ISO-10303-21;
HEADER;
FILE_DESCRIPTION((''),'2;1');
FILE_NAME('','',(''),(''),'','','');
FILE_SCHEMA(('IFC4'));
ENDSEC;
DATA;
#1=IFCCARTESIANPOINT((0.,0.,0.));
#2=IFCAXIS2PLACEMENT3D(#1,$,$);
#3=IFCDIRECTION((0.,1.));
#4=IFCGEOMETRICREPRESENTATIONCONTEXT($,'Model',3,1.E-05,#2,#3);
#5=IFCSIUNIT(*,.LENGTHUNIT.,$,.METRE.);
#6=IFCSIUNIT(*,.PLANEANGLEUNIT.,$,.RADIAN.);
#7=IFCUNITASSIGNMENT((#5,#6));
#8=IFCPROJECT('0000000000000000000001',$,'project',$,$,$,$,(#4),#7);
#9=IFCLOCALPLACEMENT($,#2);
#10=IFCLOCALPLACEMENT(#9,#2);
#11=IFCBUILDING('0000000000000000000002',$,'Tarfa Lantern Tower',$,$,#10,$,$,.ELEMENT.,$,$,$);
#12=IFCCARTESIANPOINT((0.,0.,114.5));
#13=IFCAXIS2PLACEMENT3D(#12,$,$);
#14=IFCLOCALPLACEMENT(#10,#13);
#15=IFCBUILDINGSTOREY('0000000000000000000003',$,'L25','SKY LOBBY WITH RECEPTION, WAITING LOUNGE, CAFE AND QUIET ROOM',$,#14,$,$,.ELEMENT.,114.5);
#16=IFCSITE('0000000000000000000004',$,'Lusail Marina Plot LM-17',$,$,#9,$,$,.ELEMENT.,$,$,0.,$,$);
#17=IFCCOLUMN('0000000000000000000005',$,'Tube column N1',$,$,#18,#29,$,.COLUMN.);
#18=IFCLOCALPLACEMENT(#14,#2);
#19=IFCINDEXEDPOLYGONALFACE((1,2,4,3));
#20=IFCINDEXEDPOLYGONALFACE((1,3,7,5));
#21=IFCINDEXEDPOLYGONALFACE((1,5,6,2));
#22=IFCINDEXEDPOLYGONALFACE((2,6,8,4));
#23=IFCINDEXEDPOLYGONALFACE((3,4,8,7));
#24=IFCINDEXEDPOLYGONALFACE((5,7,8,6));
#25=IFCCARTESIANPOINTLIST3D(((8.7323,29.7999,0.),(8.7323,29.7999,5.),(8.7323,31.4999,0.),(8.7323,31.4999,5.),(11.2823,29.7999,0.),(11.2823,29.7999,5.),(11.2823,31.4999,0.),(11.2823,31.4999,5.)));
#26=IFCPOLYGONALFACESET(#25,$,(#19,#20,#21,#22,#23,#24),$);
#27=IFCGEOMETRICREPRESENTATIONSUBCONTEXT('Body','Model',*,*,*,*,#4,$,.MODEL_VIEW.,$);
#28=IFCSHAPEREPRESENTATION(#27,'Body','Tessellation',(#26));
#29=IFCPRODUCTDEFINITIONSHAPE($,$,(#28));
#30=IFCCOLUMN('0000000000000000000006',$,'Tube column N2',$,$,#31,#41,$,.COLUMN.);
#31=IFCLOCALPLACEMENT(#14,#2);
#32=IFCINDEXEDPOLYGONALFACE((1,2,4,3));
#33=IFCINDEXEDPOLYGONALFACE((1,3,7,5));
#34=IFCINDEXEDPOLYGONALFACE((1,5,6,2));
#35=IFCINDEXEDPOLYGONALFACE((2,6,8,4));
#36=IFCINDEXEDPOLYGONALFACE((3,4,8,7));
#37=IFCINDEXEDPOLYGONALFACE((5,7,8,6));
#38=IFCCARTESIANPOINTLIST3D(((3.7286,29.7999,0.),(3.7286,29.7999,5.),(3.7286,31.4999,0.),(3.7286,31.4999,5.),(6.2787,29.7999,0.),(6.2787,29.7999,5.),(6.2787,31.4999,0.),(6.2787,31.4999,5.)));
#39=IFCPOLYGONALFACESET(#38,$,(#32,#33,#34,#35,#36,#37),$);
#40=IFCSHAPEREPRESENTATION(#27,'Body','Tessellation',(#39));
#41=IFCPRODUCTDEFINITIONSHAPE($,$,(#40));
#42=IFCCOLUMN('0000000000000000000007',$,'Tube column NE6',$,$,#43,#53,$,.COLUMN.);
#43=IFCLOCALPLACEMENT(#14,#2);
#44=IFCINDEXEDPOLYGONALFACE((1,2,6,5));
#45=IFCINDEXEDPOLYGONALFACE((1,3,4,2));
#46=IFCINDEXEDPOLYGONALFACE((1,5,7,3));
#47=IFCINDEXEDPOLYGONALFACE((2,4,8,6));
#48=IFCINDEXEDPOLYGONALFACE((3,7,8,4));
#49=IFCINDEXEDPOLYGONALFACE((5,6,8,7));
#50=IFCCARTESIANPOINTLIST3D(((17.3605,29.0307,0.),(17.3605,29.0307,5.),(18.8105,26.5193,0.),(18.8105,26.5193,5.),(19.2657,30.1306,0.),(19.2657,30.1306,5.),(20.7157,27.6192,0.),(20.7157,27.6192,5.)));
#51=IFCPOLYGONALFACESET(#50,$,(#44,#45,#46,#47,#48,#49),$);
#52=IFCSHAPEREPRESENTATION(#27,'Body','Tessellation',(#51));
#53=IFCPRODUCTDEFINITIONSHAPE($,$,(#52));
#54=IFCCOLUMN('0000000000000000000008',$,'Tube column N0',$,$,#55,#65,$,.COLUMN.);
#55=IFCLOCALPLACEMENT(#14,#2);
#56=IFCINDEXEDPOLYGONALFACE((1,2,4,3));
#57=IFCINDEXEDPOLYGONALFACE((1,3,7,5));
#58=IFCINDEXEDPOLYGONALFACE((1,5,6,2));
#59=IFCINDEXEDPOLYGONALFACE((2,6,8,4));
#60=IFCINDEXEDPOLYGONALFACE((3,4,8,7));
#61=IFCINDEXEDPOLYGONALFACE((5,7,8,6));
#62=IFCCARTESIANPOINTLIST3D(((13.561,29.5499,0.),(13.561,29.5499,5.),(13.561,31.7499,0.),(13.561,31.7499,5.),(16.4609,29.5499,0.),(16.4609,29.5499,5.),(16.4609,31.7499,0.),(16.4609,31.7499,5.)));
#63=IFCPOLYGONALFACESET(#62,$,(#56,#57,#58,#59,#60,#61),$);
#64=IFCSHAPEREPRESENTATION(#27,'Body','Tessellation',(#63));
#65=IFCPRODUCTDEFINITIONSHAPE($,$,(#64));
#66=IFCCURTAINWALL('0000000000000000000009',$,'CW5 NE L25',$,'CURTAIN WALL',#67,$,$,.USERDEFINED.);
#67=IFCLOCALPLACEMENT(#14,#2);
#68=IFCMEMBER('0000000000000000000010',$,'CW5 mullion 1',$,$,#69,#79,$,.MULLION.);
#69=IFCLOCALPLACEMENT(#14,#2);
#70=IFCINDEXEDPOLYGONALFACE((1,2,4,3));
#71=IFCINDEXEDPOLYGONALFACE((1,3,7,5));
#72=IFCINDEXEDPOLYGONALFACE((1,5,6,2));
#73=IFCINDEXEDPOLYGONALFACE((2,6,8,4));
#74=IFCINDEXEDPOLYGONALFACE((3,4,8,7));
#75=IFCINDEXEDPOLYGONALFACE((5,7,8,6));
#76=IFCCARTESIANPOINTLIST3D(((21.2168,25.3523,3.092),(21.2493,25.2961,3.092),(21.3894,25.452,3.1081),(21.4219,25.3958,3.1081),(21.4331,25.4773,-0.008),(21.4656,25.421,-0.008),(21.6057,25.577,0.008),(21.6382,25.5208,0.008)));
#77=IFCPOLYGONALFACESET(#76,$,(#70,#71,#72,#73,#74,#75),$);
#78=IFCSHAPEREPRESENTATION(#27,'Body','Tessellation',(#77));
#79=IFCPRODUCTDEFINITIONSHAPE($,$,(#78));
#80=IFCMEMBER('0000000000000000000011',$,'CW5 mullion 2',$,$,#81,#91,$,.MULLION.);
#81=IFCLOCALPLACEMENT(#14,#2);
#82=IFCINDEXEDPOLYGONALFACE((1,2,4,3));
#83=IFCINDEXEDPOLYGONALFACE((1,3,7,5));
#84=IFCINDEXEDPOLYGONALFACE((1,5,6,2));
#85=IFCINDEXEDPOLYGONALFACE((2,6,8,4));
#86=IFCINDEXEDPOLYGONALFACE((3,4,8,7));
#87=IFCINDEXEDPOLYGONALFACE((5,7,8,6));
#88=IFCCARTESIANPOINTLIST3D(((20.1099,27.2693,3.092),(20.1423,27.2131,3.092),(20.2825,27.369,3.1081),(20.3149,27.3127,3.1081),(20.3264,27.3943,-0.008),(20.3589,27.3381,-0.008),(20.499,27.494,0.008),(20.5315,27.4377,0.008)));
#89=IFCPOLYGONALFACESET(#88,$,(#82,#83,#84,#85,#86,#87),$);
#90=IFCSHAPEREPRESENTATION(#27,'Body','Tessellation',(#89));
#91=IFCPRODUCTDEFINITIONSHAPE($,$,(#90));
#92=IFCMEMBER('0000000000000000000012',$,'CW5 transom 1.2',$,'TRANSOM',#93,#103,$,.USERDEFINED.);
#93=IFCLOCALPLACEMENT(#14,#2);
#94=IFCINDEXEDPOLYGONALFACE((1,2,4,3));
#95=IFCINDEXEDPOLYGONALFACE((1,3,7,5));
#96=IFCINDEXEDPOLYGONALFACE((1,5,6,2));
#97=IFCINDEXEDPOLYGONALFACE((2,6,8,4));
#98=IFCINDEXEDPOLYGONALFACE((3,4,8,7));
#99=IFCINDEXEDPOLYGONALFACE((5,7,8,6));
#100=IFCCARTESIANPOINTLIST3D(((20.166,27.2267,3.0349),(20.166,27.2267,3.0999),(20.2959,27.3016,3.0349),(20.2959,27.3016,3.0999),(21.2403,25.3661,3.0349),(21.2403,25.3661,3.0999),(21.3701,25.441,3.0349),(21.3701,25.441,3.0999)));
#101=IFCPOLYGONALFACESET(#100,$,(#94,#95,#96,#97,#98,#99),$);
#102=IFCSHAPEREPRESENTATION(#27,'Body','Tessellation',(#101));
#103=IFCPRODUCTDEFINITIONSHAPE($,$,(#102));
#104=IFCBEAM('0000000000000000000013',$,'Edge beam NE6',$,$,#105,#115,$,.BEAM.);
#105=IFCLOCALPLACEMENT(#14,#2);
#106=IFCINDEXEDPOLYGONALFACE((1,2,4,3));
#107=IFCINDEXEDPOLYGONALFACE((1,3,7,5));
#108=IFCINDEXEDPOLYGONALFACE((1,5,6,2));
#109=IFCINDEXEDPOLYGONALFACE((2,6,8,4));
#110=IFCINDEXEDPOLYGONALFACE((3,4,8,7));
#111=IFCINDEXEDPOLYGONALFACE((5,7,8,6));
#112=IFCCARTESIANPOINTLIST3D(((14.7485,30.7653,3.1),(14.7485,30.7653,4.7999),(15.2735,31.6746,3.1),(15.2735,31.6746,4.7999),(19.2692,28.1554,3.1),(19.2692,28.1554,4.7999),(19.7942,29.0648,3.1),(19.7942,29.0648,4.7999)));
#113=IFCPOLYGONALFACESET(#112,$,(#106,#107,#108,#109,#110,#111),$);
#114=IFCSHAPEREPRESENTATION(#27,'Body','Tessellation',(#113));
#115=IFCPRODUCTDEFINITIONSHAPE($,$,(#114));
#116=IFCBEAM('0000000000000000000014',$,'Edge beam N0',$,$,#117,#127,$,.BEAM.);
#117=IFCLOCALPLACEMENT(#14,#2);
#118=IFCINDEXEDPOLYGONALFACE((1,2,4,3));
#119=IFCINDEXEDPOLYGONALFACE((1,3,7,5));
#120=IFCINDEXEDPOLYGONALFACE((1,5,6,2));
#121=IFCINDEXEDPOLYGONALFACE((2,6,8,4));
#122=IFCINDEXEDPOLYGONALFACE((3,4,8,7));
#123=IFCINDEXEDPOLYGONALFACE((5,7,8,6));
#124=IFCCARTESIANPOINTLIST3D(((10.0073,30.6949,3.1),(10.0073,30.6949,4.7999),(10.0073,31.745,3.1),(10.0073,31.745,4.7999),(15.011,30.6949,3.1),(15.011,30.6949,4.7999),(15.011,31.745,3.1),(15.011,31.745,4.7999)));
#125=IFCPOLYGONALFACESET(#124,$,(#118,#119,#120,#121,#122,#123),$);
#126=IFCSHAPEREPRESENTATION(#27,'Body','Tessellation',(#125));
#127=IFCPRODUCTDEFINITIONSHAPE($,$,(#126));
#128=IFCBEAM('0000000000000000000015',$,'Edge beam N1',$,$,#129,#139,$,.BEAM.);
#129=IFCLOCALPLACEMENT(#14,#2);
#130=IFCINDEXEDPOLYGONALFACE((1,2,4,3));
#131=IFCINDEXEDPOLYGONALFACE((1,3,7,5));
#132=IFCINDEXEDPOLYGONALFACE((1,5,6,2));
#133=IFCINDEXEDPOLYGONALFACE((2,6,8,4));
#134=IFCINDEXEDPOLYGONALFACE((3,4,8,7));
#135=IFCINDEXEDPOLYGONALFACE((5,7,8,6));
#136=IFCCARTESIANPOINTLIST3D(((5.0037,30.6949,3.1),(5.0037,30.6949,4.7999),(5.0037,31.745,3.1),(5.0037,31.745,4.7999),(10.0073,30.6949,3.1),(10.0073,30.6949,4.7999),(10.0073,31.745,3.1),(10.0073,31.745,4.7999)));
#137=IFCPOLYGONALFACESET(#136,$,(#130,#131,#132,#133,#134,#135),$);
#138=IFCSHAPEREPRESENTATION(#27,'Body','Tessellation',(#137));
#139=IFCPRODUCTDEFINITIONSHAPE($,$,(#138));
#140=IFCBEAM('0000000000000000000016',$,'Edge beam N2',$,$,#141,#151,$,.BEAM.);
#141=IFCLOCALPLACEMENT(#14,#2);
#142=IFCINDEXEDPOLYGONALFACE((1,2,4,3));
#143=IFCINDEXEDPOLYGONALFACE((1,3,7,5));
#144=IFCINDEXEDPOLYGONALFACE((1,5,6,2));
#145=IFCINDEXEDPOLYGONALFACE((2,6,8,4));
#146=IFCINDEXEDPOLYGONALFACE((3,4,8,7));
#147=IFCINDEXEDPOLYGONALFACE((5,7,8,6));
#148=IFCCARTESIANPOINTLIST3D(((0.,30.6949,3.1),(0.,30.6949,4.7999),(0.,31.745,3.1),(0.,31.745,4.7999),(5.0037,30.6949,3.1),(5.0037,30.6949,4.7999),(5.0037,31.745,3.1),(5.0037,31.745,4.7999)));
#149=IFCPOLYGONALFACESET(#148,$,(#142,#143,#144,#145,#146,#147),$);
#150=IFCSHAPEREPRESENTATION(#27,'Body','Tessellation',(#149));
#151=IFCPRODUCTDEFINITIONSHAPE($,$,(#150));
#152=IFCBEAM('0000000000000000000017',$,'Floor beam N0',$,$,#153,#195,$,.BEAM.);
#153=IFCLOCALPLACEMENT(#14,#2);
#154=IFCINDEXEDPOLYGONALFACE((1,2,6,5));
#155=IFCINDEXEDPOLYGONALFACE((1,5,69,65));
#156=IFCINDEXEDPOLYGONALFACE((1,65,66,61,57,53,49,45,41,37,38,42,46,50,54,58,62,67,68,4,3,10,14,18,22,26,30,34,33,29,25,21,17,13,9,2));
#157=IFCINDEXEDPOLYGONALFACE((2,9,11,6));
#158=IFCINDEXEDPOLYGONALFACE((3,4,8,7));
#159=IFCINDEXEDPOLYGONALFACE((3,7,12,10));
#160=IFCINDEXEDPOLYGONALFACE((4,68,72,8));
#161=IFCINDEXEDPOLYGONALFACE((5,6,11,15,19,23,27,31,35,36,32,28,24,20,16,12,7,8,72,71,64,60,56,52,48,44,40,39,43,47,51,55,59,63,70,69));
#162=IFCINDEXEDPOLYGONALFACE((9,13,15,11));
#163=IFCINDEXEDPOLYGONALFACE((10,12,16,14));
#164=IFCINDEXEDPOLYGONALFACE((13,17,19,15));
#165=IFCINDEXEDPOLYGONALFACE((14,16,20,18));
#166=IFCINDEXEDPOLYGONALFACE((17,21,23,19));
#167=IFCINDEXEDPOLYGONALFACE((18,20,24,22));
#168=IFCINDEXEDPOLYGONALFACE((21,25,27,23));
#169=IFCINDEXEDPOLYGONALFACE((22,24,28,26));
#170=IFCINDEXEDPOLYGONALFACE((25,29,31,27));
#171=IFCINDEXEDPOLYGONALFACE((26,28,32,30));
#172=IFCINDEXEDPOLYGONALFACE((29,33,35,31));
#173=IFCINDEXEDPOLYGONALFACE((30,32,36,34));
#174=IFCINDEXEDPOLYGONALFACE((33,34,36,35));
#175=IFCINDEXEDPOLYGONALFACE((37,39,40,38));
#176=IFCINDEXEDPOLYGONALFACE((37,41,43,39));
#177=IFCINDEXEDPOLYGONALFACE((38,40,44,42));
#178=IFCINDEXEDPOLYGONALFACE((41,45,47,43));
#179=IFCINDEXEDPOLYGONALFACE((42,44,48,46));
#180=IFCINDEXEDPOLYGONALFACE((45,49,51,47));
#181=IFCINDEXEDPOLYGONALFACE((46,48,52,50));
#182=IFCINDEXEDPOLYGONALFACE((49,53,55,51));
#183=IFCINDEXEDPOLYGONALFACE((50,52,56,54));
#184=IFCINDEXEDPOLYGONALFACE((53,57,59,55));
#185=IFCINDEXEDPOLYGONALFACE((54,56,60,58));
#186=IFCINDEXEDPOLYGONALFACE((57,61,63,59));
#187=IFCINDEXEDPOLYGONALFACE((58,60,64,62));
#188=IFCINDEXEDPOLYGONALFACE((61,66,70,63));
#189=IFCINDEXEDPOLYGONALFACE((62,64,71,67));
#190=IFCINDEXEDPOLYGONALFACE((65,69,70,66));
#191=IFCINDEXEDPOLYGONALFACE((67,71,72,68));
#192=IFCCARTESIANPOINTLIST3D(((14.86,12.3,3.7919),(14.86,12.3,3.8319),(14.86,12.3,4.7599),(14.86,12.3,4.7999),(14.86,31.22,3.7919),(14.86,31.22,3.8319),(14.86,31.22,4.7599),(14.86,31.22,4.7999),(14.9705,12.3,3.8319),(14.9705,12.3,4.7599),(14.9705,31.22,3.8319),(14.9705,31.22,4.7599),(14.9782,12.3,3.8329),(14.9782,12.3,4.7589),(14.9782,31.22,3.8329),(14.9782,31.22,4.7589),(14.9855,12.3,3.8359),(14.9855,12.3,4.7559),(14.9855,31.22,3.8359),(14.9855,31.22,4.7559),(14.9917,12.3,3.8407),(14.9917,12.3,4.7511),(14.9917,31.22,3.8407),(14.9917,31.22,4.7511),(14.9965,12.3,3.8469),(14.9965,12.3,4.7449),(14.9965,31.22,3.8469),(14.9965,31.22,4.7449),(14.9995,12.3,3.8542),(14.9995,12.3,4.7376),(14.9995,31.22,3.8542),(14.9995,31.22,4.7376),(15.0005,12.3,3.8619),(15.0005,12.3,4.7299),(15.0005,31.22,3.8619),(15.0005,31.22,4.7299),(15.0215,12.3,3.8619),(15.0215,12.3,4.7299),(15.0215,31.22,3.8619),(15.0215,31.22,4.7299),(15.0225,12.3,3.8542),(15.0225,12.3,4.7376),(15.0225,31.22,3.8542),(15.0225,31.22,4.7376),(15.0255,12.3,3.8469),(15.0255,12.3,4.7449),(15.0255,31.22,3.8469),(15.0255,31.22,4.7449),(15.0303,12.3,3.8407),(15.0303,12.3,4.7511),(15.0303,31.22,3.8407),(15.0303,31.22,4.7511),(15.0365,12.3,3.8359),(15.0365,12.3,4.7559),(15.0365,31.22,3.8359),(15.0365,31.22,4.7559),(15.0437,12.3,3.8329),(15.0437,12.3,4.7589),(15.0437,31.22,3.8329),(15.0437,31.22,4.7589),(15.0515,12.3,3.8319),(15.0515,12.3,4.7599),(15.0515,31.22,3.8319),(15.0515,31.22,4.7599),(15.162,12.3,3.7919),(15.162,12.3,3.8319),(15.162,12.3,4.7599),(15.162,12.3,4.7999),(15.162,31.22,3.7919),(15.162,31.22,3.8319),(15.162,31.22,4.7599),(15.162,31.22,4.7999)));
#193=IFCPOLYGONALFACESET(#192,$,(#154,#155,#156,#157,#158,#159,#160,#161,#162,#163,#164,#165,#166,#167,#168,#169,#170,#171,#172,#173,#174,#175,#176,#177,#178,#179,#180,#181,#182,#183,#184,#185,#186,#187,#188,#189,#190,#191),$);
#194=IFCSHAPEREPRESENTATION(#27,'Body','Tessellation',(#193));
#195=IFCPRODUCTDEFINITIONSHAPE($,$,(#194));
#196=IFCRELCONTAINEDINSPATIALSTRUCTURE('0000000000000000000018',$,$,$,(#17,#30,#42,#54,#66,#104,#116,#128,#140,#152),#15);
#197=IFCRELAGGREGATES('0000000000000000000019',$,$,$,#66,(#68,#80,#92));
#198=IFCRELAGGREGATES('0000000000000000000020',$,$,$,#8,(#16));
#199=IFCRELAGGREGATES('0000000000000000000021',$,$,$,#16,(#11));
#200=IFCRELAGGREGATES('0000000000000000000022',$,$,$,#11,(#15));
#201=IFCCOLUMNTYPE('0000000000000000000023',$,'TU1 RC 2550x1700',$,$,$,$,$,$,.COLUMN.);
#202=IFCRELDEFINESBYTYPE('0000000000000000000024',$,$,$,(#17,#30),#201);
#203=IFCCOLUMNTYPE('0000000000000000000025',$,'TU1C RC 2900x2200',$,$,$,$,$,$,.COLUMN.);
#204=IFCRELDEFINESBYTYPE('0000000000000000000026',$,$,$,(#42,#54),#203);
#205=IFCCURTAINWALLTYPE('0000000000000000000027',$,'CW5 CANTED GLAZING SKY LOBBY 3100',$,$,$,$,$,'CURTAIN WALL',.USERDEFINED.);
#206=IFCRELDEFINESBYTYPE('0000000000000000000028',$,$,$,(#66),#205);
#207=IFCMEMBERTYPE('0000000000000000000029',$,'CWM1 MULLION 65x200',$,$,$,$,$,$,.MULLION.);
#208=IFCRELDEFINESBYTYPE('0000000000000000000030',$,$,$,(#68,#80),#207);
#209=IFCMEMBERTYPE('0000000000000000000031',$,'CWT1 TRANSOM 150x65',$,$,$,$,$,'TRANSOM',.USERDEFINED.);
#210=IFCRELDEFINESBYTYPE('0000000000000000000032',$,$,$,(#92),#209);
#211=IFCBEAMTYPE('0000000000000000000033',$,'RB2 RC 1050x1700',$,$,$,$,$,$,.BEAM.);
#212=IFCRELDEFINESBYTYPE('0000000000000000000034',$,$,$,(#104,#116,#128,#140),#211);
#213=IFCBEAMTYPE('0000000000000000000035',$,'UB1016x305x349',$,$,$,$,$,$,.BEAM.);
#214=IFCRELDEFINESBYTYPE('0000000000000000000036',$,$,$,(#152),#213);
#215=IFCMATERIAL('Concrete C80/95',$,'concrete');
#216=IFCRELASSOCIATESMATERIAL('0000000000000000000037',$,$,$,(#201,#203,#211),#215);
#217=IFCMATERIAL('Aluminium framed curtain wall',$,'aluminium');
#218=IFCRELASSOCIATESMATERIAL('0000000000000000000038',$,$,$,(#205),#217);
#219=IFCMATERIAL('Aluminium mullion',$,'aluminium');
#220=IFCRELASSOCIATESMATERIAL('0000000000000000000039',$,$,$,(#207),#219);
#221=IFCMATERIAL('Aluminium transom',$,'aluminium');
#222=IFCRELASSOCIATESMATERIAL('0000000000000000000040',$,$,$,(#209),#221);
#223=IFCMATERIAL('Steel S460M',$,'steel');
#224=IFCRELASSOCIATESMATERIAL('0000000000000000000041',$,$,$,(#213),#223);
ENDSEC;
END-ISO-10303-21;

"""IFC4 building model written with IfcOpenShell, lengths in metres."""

from ifc_helpers import new_model, si_unit, direction, frame, origin, origin_2d, place, context, subcontext, project, spatial, rectangle, i_section, extrude, material, material_profile, profile_set, type_object, element, aggregate, save


model = new_model("IFC4")

# Units and contexts
model_context = context("Model", 3, precision=1e-05, world=origin(), true_north=direction((0.0, 1.0)))
body_context = subcontext(model_context, "Body", "Model", "MODEL_VIEW")
ifc_project = project(units=[si_unit("LENGTHUNIT", "METRE"), si_unit("PLANEANGLEUNIT", "RADIAN")], contexts=[model_context])

# Site, building, storey
site_placement = place(None, origin())
site = spatial("IfcSite", under=ifc_project, at=site_placement, Name="Lusail Marina Plot LM-17", CompositionType="ELEMENT", RefElevation=0.0)
building_placement = place(site_placement, origin())
building = spatial("IfcBuilding", under=site, at=building_placement, Name="Tarfa Lantern Tower", CompositionType="ELEMENT")
storey_placement = place(building_placement, frame((0.0, 0.0, 114.5)))
storey = spatial("IfcBuildingStorey", under=building, at=storey_placement, Name="L25", Description="SKY LOBBY WITH RECEPTION, WAITING LOUNGE, CAFE AND QUIET ROOM", CompositionType="ELEMENT", Elevation=114.5)

# Columns
ifc_material_1 = material(Name="Concrete C80/95", Category="concrete")
ifc_material_profile_1 = material_profile(ifc_material_1, rectangle(XDim=2.55, YDim=1.7, at=origin_2d()), Name="RC 2550x1700")
ifc_profile_set_1 = profile_set([ifc_material_profile_1], Name="Concrete C80/95")
column_type_1 = type_object("IfcColumnType", Name="TU1 RC 2550x1700", PredefinedType="COLUMN", material=ifc_profile_set_1)
for number, where, z_axis, x_axis, name in (
    (1, (10.0073, 30.6499, 0.0), (0.0, 0.0, 1.0), (-1.0, 0.0, 0.0), "Tube column N1"),
    (2, (5.0037, 30.6499, 0.0), (0.0, 0.0, 1.0), (-1.0, 0.0, 0.0), "Tube column N2"),
):
    element("IfcColumn", number, at=place(storey_placement, frame(where, z_axis=z_axis, x_axis=x_axis)), inside=storey, type_object=column_type_1, Name=name, PredefinedType="COLUMN", context=body_context, shape_type="SweptSolid", body=[
        extrude(rectangle(XDim=2.55, YDim=1.7, at=origin_2d()), origin(), (0.0, 0.0, 1.0), 5.0),
    ])
ifc_material_profile_2 = material_profile(ifc_material_1, rectangle(XDim=2.8999, YDim=2.2, at=origin_2d()), Name="RC 2900x2200")
ifc_profile_set_2 = profile_set([ifc_material_profile_2], Name="Concrete C80/95")
column_type_2 = type_object("IfcColumnType", Name="TU1C RC 2900x2200", PredefinedType="COLUMN", material=ifc_profile_set_2)
for number, where, z_axis, x_axis, name in (
    (3, (19.0381, 28.325, 0.0), (0.0, 0.0, 1.0), (-0.5, 0.866025, 0.0), "Tube column NE6"),
    (4, (15.011, 30.6499, 0.0), (0.0, 0.0, 1.0), (-1.0, 0.0, 0.0), "Tube column N0"),
):
    element("IfcColumn", number, at=place(storey_placement, frame(where, z_axis=z_axis, x_axis=x_axis)), inside=storey, type_object=column_type_2, Name=name, PredefinedType="COLUMN", context=body_context, shape_type="SweptSolid", body=[
        extrude(rectangle(XDim=2.8999, YDim=2.2, at=origin_2d()), origin(), (0.0, 0.0, 1.0), 5.0),
    ])

# Curtain wall, members
ifc_material_2 = material(Name="Aluminium framed curtain wall", Category="aluminium")
curtain_wall_type = type_object("IfcCurtainWallType", Name="CW5 CANTED GLAZING SKY LOBBY 3100", ElementType="CURTAIN WALL", PredefinedType="USERDEFINED", material=ifc_material_2)
curtain_wall_placement = place(storey_placement, origin())
curtain_wall = element("IfcCurtainWall", 5, at=curtain_wall_placement, inside=storey, type_object=curtain_wall_type, Name="CW5 NE L25", ObjectType="CURTAIN WALL", PredefinedType="USERDEFINED")
ifc_material_3 = material(Name="Aluminium mullion", Category="aluminium")
ifc_material_profile_3 = material_profile(ifc_material_3, rectangle(XDim=0.0649, YDim=0.2, at=origin_2d()), Name="AL MULLION 65x200")
ifc_profile_set_3 = profile_set([ifc_material_profile_3], Name="Aluminium mullion")
member_type_1 = type_object("IfcMemberType", Name="CWM1 MULLION 65x200", PredefinedType="MULLION", material=ifc_profile_set_3)
member_1_placement = place(storey_placement, frame((21.5356, 25.499, 0.0), z_axis=(-0.069549, -0.040191, 0.996769), x_axis=(0.500343, -0.865827, 0.0)))
member_1 = element("IfcMember", 6, at=member_1_placement, type_object=member_type_1, Name="CW5 mullion 1", PredefinedType="MULLION", context=body_context, shape_type="SweptSolid", body=[
    extrude(rectangle(XDim=0.0649, YDim=0.2, at=origin_2d()), origin(), (0.0, 0.0, 1.0), 3.1101),
])
member_2_placement = place(storey_placement, frame((20.429, 27.416, 0.0), z_axis=(-0.069627, -0.040191, 0.996763), x_axis=(0.49992, -0.866072, 0.0)))
member_2 = element("IfcMember", 7, at=member_2_placement, type_object=member_type_1, Name="CW5 mullion 2", PredefinedType="MULLION", context=body_context, shape_type="SweptSolid", body=[
    extrude(rectangle(XDim=0.0649, YDim=0.2, at=origin_2d()), origin(), (0.0, 0.0, 1.0), 3.1101),
])
ifc_material_4 = material(Name="Aluminium transom", Category="aluminium")
ifc_material_profile_4 = material_profile(ifc_material_4, rectangle(XDim=0.1499, YDim=0.0649, at=origin_2d()), Name="AL TRANSOM 150x65")
ifc_profile_set_4 = profile_set([ifc_material_profile_4], Name="Aluminium transom")
member_type_2 = type_object("IfcMemberType", Name="CWT1 TRANSOM 150x65", ElementType="TRANSOM", PredefinedType="USERDEFINED", material=ifc_profile_set_4)
member_3_placement = place(storey_placement, frame((21.3052, 25.4036, 3.0674), z_axis=(-0.500001, 0.866025, 0.0), x_axis=(-0.866025, -0.500001, 0.0)))
member_3 = element("IfcMember", 8, at=member_3_placement, type_object=member_type_2, Name="CW5 transom 1.2", ObjectType="TRANSOM", PredefinedType="USERDEFINED", context=body_context, shape_type="SweptSolid", body=[
    extrude(rectangle(XDim=0.1499, YDim=0.0649, at=origin_2d()), origin(), (0.0, 0.0, 1.0), 2.1484),
])

# Beams
ifc_material_profile_5 = material_profile(ifc_material_1, rectangle(XDim=1.05, YDim=1.7, at=origin_2d()), Name="RC 1050x1700")
ifc_profile_set_5 = profile_set([ifc_material_profile_5], Name="Concrete C80/95")
beam_type_1 = type_object("IfcBeamType", Name="RB2 RC 1050x1700", PredefinedType="BEAM", material=ifc_profile_set_5)
beam_1_placement = place(storey_placement, frame((19.5317, 28.6101, 3.95), z_axis=(-0.866042, 0.499972, 0.0), x_axis=(-0.499972, -0.866042, 0.0)))
element("IfcBeam", 9, at=beam_1_placement, inside=storey, type_object=beam_type_1, Name="Edge beam NE6", PredefinedType="BEAM", context=body_context, shape_type="SweptSolid", body=[
    extrude(rectangle(XDim=1.05, YDim=1.7, at=origin_2d()), origin(), (0.0, 0.0, 1.0), 5.22),
])
for number, where, z_axis, x_axis, name in (
    (10, (15.011, 31.22, 3.95), (-1.0, 0.0, 0.0), (0.0, -1.0, 0.0), "Edge beam N0"),
    (11, (10.0073, 31.22, 3.95), (-1.0, 0.0, 0.0), (0.0, -1.0, 0.0), "Edge beam N1"),
    (12, (5.0037, 31.22, 3.95), (-1.0, 0.0, 0.0), (0.0, -1.0, 0.0), "Edge beam N2"),
):
    element("IfcBeam", number, at=place(storey_placement, frame(where, z_axis=z_axis, x_axis=x_axis)), inside=storey, type_object=beam_type_1, Name=name, PredefinedType="BEAM", context=body_context, shape_type="SweptSolid", body=[
        extrude(rectangle(XDim=1.05, YDim=1.7, at=origin_2d()), origin(), (0.0, 0.0, 1.0), 5.0037),
    ])
ifc_material_5 = material(Name="Steel S460M", Category="steel")
ifc_material_profile_6 = material_profile(ifc_material_5, i_section(OverallWidth=0.302, OverallDepth=1.0081, WebThickness=0.021, FlangeThickness=0.04, FilletRadius=0.03, at=origin_2d()), Name="UB1016x305x349")
ifc_profile_set_6 = profile_set([ifc_material_profile_6], Name="Steel S460M")
beam_type_2 = type_object("IfcBeamType", Name="UB1016x305x349", PredefinedType="BEAM", material=ifc_profile_set_6)
for number, where, z_axis, x_axis, name in (
    (13, (15.011, 31.22, 4.2959), (0.0, -1.0, 0.0), (1.0, 0.0, 0.0), "Floor beam N0"),
):
    element("IfcBeam", number, at=place(storey_placement, frame(where, z_axis=z_axis, x_axis=x_axis)), inside=storey, type_object=beam_type_2, Name=name, PredefinedType="BEAM", context=body_context, shape_type="SweptSolid", body=[
        extrude(i_section(OverallWidth=0.302, OverallDepth=1.0081, WebThickness=0.021, FlangeThickness=0.04, FilletRadius=0.03, at=origin_2d()), origin(), (0.0, 0.0, 1.0), 18.9199),
    ])

aggregate(curtain_wall, [member_1, member_2, member_3])

save(model, "model.ifc")
